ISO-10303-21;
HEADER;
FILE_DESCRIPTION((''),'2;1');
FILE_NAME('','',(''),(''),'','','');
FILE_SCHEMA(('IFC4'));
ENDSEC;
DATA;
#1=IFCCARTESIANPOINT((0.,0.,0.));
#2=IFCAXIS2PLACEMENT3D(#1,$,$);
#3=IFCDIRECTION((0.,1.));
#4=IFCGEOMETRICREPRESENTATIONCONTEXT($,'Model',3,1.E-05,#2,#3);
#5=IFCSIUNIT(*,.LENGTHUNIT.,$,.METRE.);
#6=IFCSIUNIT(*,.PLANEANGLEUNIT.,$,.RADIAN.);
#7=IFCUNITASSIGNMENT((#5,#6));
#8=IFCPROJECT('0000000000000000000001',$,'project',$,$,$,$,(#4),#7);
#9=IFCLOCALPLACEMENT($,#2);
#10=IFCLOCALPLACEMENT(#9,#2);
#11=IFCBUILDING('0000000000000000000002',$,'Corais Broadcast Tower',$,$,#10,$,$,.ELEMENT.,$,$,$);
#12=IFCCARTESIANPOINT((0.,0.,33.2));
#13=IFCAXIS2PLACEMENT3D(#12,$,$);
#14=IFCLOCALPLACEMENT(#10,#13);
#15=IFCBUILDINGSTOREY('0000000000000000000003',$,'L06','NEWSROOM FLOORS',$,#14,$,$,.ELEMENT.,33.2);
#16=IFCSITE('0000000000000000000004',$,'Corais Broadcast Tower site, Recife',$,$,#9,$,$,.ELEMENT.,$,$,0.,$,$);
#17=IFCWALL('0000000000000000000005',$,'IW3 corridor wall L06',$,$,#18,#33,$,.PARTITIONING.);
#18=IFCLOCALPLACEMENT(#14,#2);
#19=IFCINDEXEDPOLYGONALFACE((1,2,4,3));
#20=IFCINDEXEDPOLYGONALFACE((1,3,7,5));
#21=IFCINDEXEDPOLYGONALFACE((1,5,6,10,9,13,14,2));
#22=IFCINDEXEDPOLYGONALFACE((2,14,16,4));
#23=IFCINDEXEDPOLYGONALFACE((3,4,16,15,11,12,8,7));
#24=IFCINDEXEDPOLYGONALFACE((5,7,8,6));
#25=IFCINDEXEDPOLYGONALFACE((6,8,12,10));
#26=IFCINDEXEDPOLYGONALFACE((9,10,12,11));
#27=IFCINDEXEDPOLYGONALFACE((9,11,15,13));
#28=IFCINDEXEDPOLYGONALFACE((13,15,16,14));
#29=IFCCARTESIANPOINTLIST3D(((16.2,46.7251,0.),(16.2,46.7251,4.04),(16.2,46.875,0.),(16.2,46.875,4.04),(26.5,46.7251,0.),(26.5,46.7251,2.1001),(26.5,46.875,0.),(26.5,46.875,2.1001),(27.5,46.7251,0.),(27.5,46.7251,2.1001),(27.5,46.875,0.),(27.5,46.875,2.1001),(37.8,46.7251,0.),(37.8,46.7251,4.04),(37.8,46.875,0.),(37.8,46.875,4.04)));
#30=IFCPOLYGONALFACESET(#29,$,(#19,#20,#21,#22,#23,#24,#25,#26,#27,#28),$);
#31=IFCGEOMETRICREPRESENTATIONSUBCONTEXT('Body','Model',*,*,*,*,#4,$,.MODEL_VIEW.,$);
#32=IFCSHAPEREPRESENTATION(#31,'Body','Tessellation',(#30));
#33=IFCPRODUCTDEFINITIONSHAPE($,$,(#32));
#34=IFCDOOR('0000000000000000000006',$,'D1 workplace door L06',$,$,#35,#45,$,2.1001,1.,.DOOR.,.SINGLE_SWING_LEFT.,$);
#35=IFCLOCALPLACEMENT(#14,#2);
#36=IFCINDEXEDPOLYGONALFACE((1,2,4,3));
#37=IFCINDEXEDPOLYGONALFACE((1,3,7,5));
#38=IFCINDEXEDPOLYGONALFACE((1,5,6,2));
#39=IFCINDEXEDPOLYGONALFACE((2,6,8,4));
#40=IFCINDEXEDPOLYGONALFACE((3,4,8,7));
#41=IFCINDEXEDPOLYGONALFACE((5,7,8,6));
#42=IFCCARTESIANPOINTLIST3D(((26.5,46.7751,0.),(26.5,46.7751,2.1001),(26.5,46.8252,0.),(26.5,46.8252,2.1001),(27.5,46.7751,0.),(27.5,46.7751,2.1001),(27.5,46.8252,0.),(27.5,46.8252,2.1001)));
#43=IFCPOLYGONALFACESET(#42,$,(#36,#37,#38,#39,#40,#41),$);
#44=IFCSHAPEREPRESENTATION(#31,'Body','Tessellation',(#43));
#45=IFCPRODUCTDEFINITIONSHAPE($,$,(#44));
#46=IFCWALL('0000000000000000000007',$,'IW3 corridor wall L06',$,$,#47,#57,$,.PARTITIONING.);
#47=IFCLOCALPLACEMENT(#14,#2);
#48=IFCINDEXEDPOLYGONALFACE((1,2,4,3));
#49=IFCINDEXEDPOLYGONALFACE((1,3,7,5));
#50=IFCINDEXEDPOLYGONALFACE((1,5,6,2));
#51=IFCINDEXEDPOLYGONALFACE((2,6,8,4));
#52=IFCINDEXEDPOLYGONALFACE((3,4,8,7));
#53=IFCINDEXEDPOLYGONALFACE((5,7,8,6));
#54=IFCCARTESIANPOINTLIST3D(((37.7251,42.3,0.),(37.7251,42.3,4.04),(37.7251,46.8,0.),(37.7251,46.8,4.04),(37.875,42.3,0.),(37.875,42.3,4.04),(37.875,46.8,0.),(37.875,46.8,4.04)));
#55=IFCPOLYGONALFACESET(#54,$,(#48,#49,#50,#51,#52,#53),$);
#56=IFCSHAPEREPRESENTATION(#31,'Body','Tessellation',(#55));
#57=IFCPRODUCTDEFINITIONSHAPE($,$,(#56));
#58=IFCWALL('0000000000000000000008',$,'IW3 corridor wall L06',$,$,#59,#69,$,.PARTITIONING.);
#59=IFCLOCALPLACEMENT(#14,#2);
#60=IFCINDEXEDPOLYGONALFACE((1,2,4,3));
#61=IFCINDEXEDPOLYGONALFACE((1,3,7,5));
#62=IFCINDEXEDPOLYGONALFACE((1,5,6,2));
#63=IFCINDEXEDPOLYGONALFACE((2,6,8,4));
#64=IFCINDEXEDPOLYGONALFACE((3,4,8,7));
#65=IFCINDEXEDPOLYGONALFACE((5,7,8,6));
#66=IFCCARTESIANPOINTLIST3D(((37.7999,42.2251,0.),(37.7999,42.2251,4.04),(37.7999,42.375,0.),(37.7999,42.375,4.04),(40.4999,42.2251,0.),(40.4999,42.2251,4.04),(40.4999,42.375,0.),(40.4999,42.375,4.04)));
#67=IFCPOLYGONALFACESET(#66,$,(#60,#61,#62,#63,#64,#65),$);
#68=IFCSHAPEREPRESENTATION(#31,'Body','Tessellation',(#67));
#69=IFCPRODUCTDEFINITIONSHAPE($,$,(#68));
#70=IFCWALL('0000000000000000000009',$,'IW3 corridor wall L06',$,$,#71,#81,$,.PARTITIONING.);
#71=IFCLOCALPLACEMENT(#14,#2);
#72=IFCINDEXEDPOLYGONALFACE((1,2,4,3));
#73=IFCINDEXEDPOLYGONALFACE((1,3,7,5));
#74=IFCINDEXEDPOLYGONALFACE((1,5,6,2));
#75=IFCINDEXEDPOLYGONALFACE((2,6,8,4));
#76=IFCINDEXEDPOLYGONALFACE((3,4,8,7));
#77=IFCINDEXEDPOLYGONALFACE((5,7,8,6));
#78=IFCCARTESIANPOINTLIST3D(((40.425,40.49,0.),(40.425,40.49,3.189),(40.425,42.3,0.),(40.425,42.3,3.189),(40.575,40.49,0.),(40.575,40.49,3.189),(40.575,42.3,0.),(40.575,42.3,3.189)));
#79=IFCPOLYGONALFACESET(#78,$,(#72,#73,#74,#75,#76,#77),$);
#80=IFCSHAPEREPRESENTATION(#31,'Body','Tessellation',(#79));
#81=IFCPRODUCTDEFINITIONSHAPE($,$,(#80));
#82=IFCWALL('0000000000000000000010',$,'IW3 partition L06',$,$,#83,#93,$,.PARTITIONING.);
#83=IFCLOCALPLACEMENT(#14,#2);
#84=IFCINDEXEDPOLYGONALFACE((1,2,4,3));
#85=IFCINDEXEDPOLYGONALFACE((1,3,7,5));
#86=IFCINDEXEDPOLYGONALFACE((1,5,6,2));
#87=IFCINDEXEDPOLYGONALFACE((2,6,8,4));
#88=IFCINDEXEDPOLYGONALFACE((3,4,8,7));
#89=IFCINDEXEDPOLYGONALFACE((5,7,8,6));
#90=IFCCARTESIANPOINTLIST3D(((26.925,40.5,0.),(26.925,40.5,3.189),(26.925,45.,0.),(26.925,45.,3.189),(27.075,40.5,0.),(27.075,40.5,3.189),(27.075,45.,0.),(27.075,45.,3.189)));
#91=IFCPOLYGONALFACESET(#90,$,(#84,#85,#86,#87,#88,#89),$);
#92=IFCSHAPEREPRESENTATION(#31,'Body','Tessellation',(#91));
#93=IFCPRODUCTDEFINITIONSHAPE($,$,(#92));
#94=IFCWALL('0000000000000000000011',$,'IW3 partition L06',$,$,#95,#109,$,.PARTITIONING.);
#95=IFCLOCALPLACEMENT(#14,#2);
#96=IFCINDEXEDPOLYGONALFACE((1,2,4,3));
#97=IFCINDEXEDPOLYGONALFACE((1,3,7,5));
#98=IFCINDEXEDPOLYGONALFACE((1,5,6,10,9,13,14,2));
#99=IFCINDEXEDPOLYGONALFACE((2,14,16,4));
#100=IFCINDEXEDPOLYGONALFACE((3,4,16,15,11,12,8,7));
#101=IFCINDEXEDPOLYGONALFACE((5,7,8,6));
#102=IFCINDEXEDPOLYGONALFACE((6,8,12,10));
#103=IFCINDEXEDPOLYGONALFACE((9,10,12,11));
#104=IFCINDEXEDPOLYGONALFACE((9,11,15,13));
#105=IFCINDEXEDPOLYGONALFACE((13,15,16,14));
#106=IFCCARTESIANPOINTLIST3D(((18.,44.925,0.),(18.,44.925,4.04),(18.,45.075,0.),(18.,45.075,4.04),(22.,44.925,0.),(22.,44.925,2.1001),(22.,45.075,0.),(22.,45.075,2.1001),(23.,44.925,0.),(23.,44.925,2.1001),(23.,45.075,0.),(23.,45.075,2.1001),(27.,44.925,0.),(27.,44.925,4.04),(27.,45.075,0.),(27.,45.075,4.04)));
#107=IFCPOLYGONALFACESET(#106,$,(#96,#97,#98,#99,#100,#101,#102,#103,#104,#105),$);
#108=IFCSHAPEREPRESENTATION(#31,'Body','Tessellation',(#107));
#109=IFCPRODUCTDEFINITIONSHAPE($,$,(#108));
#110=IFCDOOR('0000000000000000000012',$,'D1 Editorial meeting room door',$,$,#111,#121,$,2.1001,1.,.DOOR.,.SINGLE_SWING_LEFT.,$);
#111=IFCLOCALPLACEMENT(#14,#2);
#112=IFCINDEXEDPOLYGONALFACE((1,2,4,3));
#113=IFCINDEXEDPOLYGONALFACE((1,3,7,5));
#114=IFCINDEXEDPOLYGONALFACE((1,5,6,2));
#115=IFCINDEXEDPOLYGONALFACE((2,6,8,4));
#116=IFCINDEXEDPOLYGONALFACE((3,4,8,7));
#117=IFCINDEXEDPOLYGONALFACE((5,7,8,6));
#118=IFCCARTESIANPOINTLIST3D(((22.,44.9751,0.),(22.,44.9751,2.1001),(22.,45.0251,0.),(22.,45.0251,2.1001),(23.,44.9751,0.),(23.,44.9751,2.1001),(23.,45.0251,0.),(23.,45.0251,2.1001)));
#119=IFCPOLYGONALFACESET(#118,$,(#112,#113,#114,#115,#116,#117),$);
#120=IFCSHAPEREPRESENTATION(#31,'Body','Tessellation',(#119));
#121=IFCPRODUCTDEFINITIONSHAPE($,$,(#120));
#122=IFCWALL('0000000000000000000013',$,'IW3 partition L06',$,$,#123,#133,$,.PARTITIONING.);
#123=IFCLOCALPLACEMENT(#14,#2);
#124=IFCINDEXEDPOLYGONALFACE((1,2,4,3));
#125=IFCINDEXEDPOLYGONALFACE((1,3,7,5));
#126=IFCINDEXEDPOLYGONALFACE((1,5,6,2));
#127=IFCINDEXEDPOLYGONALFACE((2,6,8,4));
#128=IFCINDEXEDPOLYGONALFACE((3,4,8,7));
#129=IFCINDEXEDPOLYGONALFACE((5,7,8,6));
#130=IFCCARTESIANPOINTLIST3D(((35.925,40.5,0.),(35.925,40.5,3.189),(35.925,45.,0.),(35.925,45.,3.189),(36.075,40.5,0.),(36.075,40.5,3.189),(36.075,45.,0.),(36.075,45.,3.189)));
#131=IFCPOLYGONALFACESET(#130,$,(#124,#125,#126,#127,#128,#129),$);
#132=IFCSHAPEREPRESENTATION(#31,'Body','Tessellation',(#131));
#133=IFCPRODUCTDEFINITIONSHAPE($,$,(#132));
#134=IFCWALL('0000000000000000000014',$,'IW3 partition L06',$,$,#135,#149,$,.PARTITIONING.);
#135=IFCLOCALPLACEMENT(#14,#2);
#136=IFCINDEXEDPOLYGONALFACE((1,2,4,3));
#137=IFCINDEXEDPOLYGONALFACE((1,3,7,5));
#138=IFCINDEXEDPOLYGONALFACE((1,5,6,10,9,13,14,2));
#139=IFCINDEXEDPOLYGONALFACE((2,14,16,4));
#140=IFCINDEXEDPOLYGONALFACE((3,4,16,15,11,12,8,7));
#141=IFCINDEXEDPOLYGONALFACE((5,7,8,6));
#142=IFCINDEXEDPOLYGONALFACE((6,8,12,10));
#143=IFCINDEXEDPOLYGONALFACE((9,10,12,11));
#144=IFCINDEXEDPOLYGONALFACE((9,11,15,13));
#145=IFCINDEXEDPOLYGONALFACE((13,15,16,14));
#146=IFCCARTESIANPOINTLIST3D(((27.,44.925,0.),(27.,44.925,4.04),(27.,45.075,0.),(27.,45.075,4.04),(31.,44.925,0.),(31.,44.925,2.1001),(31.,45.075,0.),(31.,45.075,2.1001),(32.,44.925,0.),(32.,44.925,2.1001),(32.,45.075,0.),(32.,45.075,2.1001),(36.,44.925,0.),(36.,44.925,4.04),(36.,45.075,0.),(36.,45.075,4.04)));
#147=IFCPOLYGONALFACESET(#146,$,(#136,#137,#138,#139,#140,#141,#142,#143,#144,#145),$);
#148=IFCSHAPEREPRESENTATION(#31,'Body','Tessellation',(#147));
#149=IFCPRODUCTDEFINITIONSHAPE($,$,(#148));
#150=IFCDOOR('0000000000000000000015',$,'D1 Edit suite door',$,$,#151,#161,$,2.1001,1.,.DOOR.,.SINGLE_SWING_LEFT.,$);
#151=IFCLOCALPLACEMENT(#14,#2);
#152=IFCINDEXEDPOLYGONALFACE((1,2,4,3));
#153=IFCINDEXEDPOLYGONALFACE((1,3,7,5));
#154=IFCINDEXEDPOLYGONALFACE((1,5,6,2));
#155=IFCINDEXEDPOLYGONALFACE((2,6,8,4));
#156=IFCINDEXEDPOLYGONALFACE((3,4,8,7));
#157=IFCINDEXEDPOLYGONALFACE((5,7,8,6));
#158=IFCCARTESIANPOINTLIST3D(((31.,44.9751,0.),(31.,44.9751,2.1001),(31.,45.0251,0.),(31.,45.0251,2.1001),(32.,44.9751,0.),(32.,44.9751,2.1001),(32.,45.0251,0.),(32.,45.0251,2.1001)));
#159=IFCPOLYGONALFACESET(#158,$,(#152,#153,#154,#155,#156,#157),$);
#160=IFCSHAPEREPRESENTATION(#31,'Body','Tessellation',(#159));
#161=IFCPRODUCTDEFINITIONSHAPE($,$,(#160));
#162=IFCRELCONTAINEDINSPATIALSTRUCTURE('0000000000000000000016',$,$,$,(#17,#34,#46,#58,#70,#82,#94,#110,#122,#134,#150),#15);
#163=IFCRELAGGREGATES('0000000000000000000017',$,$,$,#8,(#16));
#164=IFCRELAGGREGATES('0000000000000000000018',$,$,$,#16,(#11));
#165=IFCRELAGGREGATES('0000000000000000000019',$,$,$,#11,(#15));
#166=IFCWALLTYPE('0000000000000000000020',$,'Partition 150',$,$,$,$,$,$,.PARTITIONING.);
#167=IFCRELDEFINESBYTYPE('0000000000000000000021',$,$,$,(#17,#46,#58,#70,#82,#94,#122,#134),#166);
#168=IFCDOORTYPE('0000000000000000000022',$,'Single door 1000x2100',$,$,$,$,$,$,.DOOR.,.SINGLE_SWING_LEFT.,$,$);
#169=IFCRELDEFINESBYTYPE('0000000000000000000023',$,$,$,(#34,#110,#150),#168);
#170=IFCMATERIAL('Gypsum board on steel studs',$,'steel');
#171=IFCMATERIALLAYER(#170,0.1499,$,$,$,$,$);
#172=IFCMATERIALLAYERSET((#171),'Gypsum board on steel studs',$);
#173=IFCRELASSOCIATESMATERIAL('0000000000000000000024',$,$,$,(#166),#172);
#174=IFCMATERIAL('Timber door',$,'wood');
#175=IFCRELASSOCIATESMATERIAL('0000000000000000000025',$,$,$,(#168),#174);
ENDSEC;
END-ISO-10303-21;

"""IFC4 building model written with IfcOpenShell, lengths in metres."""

from ifc_helpers import new_model, si_unit, direction, frame, frame_2d, origin, place, context, subcontext, project, spatial, rectangle, extrude, material, layer, layer_set, type_object, element, fill, save


model = new_model("IFC4")

# Units and contexts
model_context = context("Model", 3, precision=1e-05, world=origin(), true_north=direction((0.0, 1.0)))
body_context = subcontext(model_context, "Body", "Model", "MODEL_VIEW")
ifc_project = project(units=[si_unit("LENGTHUNIT", "METRE"), si_unit("PLANEANGLEUNIT", "RADIAN")], contexts=[model_context])

# Site, building, storey
site_placement = place(None, origin())
site = spatial("IfcSite", under=ifc_project, at=site_placement, Name="Corais Broadcast Tower site, Recife", CompositionType="ELEMENT", RefElevation=0.0)
building_placement = place(site_placement, origin())
building = spatial("IfcBuilding", under=site, at=building_placement, Name="Corais Broadcast Tower", CompositionType="ELEMENT")
storey_placement = place(building_placement, frame((0.0, 0.0, 33.2)))
storey = spatial("IfcBuildingStorey", under=building, at=storey_placement, Name="L06", Description="NEWSROOM FLOORS", CompositionType="ELEMENT", Elevation=33.2)

# Wall, opening, door
ifc_material_1 = material(Name="Gypsum board on steel studs", Category="steel")
ifc_layer_1 = layer(ifc_material_1, 0.1499)
ifc_layer_set_1 = layer_set([ifc_layer_1], Name="Gypsum board on steel studs")
wall_type_1 = type_object("IfcWallType", Name="Partition 150", PredefinedType="PARTITIONING", material=ifc_layer_set_1)
wall_1_placement = place(storey_placement, frame((37.8, 46.8, 0.0), z_axis=(0.0, 0.0, 1.0), x_axis=(-1.0, 0.0, 0.0)))
wall_1 = element("IfcWall", 1, at=wall_1_placement, inside=storey, type_object=wall_type_1, Name="IW3 corridor wall L06", PredefinedType="PARTITIONING", context=body_context, shape_type="SweptSolid", body=[
    extrude(rectangle(XDim=21.6001, YDim=0.1499, at=frame_2d((10.8, 0.0))), origin(), (0.0, 0.0, 1.0), 4.04),
])
opening_1_placement = place(wall_1_placement, frame((10.3, 0.0, 0.0)))
opening_1 = element("IfcOpeningElement", 2, at=opening_1_placement, cuts=wall_1, PredefinedType="OPENING", context=body_context, shape_type="SweptSolid", body=[
    extrude(rectangle(XDim=1.0, YDim=2.1001, at=frame_2d((0.5, 1.05))), frame((0.0, 0.085, 0.0), z_axis=(0.0, -1.0, 0.0), x_axis=(1.0, 0.0, 0.0)), (0.0, 0.0, 1.0), 0.1699),
])
ifc_material_2 = material(Name="Timber door", Category="wood")
door_type = type_object("IfcDoorType", Name="Single door 1000x2100", OperationType="SINGLE_SWING_LEFT", PredefinedType="DOOR", material=ifc_material_2)
door_1_placement = place(opening_1_placement, origin())
door_1 = element("IfcDoor", 3, at=door_1_placement, inside=storey, type_object=door_type, Name="D1 workplace door L06", OperationType="SINGLE_SWING_LEFT", OverallHeight=2.1001, OverallWidth=1.0, PredefinedType="DOOR", context=body_context, shape_type="SweptSolid", body=[
    extrude(rectangle(XDim=1.0, YDim=2.1001, at=frame_2d((0.5, 1.05))), frame((0.0, 0.0249, 0.0), z_axis=(0.0, -1.0, 0.0), x_axis=(1.0, 0.0, 0.0)), (0.0, 0.0, 1.0), 0.05),
])
fill(opening_1, door_1)

# Walls
wall_2_placement = place(storey_placement, frame((37.8, 42.3, 0.0), z_axis=(0.0, 0.0, 1.0), x_axis=(0.0, 1.0, 0.0)))
element("IfcWall", 4, at=wall_2_placement, inside=storey, type_object=wall_type_1, Name="IW3 corridor wall L06", PredefinedType="PARTITIONING", context=body_context, shape_type="SweptSolid", body=[
    extrude(rectangle(XDim=4.5, YDim=0.1499, at=frame_2d((2.25, 0.0))), origin(), (0.0, 0.0, 1.0), 4.04),
])
wall_3_placement = place(storey_placement, frame((40.5, 42.3, 0.0), z_axis=(0.0, 0.0, 1.0), x_axis=(-1.0, 0.0, 0.0)))
element("IfcWall", 5, at=wall_3_placement, inside=storey, type_object=wall_type_1, Name="IW3 corridor wall L06", PredefinedType="PARTITIONING", context=body_context, shape_type="SweptSolid", body=[
    extrude(rectangle(XDim=2.7, YDim=0.1499, at=frame_2d((1.3501, 0.0))), origin(), (0.0, 0.0, 1.0), 4.04),
])
wall_4_placement = place(storey_placement, frame((40.5, 40.49, 0.0), z_axis=(0.0, 0.0, 1.0), x_axis=(0.0, 1.0, 0.0)))
element("IfcWall", 6, at=wall_4_placement, inside=storey, type_object=wall_type_1, Name="IW3 corridor wall L06", PredefinedType="PARTITIONING", context=body_context, shape_type="SweptSolid", body=[
    extrude(rectangle(XDim=1.8101, YDim=0.1499, at=frame_2d((0.905, 0.0))), origin(), (0.0, 0.0, 1.0), 3.189),
])
wall_5_placement = place(storey_placement, frame((27.0, 40.5, 0.0), z_axis=(0.0, 0.0, 1.0), x_axis=(0.0, 1.0, 0.0)))
element("IfcWall", 7, at=wall_5_placement, inside=storey, type_object=wall_type_1, Name="IW3 partition L06", PredefinedType="PARTITIONING", context=body_context, shape_type="SweptSolid", body=[
    extrude(rectangle(XDim=4.5, YDim=0.1499, at=frame_2d((2.25, 0.0))), origin(), (0.0, 0.0, 1.0), 3.189),
])

# Wall, opening, door
wall_6_placement = place(storey_placement, frame((27.0, 45.0, 0.0), z_axis=(0.0, 0.0, 1.0), x_axis=(-1.0, 0.0, 0.0)))
wall_6 = element("IfcWall", 8, at=wall_6_placement, inside=storey, type_object=wall_type_1, Name="IW3 partition L06", PredefinedType="PARTITIONING", context=body_context, shape_type="SweptSolid", body=[
    extrude(rectangle(XDim=9.0, YDim=0.1499, at=frame_2d((4.5, 0.0))), origin(), (0.0, 0.0, 1.0), 4.04),
])
opening_2_placement = place(wall_6_placement, frame((4.0, 0.0, 0.0)))
opening_2 = element("IfcOpeningElement", 9, at=opening_2_placement, cuts=wall_6, PredefinedType="OPENING", context=body_context, shape_type="SweptSolid", body=[
    extrude(rectangle(XDim=1.0, YDim=2.1001, at=frame_2d((0.5, 1.05))), frame((0.0, 0.085, 0.0), z_axis=(0.0, -1.0, 0.0), x_axis=(1.0, 0.0, 0.0)), (0.0, 0.0, 1.0), 0.1699),
])
door_2_placement = place(opening_2_placement, origin())
door_2 = element("IfcDoor", 10, at=door_2_placement, inside=storey, type_object=door_type, Name="D1 Editorial meeting room door", OperationType="SINGLE_SWING_LEFT", OverallHeight=2.1001, OverallWidth=1.0, PredefinedType="DOOR", context=body_context, shape_type="SweptSolid", body=[
    extrude(rectangle(XDim=1.0, YDim=2.1001, at=frame_2d((0.5, 1.05))), frame((0.0, 0.0249, 0.0), z_axis=(0.0, -1.0, 0.0), x_axis=(1.0, 0.0, 0.0)), (0.0, 0.0, 1.0), 0.05),
])
fill(opening_2, door_2)

# Wall
wall_7_placement = place(storey_placement, frame((36.0, 40.5, 0.0), z_axis=(0.0, 0.0, 1.0), x_axis=(0.0, 1.0, 0.0)))
element("IfcWall", 11, at=wall_7_placement, inside=storey, type_object=wall_type_1, Name="IW3 partition L06", PredefinedType="PARTITIONING", context=body_context, shape_type="SweptSolid", body=[
    extrude(rectangle(XDim=4.5, YDim=0.1499, at=frame_2d((2.25, 0.0))), origin(), (0.0, 0.0, 1.0), 3.189),
])

# Wall, opening, door
wall_8_placement = place(storey_placement, frame((36.0, 45.0, 0.0), z_axis=(0.0, 0.0, 1.0), x_axis=(-1.0, 0.0, 0.0)))
wall_8 = element("IfcWall", 12, at=wall_8_placement, inside=storey, type_object=wall_type_1, Name="IW3 partition L06", PredefinedType="PARTITIONING", context=body_context, shape_type="SweptSolid", body=[
    extrude(rectangle(XDim=9.0, YDim=0.1499, at=frame_2d((4.5, 0.0))), origin(), (0.0, 0.0, 1.0), 4.04),
])
opening_3_placement = place(wall_8_placement, frame((4.0, 0.0, 0.0)))
opening_3 = element("IfcOpeningElement", 13, at=opening_3_placement, cuts=wall_8, PredefinedType="OPENING", context=body_context, shape_type="SweptSolid", body=[
    extrude(rectangle(XDim=1.0, YDim=2.1001, at=frame_2d((0.5, 1.05))), frame((0.0, 0.085, 0.0), z_axis=(0.0, -1.0, 0.0), x_axis=(1.0, 0.0, 0.0)), (0.0, 0.0, 1.0), 0.1699),
])
door_3_placement = place(opening_3_placement, origin())
door_3 = element("IfcDoor", 14, at=door_3_placement, inside=storey, type_object=door_type, Name="D1 Edit suite door", OperationType="SINGLE_SWING_LEFT", OverallHeight=2.1001, OverallWidth=1.0, PredefinedType="DOOR", context=body_context, shape_type="SweptSolid", body=[
    extrude(rectangle(XDim=1.0, YDim=2.1001, at=frame_2d((0.5, 1.05))), frame((0.0, 0.0249, 0.0), z_axis=(0.0, -1.0, 0.0), x_axis=(1.0, 0.0, 0.0)), (0.0, 0.0, 1.0), 0.05),
])
fill(opening_3, door_3)

save(model, "model.ifc")
